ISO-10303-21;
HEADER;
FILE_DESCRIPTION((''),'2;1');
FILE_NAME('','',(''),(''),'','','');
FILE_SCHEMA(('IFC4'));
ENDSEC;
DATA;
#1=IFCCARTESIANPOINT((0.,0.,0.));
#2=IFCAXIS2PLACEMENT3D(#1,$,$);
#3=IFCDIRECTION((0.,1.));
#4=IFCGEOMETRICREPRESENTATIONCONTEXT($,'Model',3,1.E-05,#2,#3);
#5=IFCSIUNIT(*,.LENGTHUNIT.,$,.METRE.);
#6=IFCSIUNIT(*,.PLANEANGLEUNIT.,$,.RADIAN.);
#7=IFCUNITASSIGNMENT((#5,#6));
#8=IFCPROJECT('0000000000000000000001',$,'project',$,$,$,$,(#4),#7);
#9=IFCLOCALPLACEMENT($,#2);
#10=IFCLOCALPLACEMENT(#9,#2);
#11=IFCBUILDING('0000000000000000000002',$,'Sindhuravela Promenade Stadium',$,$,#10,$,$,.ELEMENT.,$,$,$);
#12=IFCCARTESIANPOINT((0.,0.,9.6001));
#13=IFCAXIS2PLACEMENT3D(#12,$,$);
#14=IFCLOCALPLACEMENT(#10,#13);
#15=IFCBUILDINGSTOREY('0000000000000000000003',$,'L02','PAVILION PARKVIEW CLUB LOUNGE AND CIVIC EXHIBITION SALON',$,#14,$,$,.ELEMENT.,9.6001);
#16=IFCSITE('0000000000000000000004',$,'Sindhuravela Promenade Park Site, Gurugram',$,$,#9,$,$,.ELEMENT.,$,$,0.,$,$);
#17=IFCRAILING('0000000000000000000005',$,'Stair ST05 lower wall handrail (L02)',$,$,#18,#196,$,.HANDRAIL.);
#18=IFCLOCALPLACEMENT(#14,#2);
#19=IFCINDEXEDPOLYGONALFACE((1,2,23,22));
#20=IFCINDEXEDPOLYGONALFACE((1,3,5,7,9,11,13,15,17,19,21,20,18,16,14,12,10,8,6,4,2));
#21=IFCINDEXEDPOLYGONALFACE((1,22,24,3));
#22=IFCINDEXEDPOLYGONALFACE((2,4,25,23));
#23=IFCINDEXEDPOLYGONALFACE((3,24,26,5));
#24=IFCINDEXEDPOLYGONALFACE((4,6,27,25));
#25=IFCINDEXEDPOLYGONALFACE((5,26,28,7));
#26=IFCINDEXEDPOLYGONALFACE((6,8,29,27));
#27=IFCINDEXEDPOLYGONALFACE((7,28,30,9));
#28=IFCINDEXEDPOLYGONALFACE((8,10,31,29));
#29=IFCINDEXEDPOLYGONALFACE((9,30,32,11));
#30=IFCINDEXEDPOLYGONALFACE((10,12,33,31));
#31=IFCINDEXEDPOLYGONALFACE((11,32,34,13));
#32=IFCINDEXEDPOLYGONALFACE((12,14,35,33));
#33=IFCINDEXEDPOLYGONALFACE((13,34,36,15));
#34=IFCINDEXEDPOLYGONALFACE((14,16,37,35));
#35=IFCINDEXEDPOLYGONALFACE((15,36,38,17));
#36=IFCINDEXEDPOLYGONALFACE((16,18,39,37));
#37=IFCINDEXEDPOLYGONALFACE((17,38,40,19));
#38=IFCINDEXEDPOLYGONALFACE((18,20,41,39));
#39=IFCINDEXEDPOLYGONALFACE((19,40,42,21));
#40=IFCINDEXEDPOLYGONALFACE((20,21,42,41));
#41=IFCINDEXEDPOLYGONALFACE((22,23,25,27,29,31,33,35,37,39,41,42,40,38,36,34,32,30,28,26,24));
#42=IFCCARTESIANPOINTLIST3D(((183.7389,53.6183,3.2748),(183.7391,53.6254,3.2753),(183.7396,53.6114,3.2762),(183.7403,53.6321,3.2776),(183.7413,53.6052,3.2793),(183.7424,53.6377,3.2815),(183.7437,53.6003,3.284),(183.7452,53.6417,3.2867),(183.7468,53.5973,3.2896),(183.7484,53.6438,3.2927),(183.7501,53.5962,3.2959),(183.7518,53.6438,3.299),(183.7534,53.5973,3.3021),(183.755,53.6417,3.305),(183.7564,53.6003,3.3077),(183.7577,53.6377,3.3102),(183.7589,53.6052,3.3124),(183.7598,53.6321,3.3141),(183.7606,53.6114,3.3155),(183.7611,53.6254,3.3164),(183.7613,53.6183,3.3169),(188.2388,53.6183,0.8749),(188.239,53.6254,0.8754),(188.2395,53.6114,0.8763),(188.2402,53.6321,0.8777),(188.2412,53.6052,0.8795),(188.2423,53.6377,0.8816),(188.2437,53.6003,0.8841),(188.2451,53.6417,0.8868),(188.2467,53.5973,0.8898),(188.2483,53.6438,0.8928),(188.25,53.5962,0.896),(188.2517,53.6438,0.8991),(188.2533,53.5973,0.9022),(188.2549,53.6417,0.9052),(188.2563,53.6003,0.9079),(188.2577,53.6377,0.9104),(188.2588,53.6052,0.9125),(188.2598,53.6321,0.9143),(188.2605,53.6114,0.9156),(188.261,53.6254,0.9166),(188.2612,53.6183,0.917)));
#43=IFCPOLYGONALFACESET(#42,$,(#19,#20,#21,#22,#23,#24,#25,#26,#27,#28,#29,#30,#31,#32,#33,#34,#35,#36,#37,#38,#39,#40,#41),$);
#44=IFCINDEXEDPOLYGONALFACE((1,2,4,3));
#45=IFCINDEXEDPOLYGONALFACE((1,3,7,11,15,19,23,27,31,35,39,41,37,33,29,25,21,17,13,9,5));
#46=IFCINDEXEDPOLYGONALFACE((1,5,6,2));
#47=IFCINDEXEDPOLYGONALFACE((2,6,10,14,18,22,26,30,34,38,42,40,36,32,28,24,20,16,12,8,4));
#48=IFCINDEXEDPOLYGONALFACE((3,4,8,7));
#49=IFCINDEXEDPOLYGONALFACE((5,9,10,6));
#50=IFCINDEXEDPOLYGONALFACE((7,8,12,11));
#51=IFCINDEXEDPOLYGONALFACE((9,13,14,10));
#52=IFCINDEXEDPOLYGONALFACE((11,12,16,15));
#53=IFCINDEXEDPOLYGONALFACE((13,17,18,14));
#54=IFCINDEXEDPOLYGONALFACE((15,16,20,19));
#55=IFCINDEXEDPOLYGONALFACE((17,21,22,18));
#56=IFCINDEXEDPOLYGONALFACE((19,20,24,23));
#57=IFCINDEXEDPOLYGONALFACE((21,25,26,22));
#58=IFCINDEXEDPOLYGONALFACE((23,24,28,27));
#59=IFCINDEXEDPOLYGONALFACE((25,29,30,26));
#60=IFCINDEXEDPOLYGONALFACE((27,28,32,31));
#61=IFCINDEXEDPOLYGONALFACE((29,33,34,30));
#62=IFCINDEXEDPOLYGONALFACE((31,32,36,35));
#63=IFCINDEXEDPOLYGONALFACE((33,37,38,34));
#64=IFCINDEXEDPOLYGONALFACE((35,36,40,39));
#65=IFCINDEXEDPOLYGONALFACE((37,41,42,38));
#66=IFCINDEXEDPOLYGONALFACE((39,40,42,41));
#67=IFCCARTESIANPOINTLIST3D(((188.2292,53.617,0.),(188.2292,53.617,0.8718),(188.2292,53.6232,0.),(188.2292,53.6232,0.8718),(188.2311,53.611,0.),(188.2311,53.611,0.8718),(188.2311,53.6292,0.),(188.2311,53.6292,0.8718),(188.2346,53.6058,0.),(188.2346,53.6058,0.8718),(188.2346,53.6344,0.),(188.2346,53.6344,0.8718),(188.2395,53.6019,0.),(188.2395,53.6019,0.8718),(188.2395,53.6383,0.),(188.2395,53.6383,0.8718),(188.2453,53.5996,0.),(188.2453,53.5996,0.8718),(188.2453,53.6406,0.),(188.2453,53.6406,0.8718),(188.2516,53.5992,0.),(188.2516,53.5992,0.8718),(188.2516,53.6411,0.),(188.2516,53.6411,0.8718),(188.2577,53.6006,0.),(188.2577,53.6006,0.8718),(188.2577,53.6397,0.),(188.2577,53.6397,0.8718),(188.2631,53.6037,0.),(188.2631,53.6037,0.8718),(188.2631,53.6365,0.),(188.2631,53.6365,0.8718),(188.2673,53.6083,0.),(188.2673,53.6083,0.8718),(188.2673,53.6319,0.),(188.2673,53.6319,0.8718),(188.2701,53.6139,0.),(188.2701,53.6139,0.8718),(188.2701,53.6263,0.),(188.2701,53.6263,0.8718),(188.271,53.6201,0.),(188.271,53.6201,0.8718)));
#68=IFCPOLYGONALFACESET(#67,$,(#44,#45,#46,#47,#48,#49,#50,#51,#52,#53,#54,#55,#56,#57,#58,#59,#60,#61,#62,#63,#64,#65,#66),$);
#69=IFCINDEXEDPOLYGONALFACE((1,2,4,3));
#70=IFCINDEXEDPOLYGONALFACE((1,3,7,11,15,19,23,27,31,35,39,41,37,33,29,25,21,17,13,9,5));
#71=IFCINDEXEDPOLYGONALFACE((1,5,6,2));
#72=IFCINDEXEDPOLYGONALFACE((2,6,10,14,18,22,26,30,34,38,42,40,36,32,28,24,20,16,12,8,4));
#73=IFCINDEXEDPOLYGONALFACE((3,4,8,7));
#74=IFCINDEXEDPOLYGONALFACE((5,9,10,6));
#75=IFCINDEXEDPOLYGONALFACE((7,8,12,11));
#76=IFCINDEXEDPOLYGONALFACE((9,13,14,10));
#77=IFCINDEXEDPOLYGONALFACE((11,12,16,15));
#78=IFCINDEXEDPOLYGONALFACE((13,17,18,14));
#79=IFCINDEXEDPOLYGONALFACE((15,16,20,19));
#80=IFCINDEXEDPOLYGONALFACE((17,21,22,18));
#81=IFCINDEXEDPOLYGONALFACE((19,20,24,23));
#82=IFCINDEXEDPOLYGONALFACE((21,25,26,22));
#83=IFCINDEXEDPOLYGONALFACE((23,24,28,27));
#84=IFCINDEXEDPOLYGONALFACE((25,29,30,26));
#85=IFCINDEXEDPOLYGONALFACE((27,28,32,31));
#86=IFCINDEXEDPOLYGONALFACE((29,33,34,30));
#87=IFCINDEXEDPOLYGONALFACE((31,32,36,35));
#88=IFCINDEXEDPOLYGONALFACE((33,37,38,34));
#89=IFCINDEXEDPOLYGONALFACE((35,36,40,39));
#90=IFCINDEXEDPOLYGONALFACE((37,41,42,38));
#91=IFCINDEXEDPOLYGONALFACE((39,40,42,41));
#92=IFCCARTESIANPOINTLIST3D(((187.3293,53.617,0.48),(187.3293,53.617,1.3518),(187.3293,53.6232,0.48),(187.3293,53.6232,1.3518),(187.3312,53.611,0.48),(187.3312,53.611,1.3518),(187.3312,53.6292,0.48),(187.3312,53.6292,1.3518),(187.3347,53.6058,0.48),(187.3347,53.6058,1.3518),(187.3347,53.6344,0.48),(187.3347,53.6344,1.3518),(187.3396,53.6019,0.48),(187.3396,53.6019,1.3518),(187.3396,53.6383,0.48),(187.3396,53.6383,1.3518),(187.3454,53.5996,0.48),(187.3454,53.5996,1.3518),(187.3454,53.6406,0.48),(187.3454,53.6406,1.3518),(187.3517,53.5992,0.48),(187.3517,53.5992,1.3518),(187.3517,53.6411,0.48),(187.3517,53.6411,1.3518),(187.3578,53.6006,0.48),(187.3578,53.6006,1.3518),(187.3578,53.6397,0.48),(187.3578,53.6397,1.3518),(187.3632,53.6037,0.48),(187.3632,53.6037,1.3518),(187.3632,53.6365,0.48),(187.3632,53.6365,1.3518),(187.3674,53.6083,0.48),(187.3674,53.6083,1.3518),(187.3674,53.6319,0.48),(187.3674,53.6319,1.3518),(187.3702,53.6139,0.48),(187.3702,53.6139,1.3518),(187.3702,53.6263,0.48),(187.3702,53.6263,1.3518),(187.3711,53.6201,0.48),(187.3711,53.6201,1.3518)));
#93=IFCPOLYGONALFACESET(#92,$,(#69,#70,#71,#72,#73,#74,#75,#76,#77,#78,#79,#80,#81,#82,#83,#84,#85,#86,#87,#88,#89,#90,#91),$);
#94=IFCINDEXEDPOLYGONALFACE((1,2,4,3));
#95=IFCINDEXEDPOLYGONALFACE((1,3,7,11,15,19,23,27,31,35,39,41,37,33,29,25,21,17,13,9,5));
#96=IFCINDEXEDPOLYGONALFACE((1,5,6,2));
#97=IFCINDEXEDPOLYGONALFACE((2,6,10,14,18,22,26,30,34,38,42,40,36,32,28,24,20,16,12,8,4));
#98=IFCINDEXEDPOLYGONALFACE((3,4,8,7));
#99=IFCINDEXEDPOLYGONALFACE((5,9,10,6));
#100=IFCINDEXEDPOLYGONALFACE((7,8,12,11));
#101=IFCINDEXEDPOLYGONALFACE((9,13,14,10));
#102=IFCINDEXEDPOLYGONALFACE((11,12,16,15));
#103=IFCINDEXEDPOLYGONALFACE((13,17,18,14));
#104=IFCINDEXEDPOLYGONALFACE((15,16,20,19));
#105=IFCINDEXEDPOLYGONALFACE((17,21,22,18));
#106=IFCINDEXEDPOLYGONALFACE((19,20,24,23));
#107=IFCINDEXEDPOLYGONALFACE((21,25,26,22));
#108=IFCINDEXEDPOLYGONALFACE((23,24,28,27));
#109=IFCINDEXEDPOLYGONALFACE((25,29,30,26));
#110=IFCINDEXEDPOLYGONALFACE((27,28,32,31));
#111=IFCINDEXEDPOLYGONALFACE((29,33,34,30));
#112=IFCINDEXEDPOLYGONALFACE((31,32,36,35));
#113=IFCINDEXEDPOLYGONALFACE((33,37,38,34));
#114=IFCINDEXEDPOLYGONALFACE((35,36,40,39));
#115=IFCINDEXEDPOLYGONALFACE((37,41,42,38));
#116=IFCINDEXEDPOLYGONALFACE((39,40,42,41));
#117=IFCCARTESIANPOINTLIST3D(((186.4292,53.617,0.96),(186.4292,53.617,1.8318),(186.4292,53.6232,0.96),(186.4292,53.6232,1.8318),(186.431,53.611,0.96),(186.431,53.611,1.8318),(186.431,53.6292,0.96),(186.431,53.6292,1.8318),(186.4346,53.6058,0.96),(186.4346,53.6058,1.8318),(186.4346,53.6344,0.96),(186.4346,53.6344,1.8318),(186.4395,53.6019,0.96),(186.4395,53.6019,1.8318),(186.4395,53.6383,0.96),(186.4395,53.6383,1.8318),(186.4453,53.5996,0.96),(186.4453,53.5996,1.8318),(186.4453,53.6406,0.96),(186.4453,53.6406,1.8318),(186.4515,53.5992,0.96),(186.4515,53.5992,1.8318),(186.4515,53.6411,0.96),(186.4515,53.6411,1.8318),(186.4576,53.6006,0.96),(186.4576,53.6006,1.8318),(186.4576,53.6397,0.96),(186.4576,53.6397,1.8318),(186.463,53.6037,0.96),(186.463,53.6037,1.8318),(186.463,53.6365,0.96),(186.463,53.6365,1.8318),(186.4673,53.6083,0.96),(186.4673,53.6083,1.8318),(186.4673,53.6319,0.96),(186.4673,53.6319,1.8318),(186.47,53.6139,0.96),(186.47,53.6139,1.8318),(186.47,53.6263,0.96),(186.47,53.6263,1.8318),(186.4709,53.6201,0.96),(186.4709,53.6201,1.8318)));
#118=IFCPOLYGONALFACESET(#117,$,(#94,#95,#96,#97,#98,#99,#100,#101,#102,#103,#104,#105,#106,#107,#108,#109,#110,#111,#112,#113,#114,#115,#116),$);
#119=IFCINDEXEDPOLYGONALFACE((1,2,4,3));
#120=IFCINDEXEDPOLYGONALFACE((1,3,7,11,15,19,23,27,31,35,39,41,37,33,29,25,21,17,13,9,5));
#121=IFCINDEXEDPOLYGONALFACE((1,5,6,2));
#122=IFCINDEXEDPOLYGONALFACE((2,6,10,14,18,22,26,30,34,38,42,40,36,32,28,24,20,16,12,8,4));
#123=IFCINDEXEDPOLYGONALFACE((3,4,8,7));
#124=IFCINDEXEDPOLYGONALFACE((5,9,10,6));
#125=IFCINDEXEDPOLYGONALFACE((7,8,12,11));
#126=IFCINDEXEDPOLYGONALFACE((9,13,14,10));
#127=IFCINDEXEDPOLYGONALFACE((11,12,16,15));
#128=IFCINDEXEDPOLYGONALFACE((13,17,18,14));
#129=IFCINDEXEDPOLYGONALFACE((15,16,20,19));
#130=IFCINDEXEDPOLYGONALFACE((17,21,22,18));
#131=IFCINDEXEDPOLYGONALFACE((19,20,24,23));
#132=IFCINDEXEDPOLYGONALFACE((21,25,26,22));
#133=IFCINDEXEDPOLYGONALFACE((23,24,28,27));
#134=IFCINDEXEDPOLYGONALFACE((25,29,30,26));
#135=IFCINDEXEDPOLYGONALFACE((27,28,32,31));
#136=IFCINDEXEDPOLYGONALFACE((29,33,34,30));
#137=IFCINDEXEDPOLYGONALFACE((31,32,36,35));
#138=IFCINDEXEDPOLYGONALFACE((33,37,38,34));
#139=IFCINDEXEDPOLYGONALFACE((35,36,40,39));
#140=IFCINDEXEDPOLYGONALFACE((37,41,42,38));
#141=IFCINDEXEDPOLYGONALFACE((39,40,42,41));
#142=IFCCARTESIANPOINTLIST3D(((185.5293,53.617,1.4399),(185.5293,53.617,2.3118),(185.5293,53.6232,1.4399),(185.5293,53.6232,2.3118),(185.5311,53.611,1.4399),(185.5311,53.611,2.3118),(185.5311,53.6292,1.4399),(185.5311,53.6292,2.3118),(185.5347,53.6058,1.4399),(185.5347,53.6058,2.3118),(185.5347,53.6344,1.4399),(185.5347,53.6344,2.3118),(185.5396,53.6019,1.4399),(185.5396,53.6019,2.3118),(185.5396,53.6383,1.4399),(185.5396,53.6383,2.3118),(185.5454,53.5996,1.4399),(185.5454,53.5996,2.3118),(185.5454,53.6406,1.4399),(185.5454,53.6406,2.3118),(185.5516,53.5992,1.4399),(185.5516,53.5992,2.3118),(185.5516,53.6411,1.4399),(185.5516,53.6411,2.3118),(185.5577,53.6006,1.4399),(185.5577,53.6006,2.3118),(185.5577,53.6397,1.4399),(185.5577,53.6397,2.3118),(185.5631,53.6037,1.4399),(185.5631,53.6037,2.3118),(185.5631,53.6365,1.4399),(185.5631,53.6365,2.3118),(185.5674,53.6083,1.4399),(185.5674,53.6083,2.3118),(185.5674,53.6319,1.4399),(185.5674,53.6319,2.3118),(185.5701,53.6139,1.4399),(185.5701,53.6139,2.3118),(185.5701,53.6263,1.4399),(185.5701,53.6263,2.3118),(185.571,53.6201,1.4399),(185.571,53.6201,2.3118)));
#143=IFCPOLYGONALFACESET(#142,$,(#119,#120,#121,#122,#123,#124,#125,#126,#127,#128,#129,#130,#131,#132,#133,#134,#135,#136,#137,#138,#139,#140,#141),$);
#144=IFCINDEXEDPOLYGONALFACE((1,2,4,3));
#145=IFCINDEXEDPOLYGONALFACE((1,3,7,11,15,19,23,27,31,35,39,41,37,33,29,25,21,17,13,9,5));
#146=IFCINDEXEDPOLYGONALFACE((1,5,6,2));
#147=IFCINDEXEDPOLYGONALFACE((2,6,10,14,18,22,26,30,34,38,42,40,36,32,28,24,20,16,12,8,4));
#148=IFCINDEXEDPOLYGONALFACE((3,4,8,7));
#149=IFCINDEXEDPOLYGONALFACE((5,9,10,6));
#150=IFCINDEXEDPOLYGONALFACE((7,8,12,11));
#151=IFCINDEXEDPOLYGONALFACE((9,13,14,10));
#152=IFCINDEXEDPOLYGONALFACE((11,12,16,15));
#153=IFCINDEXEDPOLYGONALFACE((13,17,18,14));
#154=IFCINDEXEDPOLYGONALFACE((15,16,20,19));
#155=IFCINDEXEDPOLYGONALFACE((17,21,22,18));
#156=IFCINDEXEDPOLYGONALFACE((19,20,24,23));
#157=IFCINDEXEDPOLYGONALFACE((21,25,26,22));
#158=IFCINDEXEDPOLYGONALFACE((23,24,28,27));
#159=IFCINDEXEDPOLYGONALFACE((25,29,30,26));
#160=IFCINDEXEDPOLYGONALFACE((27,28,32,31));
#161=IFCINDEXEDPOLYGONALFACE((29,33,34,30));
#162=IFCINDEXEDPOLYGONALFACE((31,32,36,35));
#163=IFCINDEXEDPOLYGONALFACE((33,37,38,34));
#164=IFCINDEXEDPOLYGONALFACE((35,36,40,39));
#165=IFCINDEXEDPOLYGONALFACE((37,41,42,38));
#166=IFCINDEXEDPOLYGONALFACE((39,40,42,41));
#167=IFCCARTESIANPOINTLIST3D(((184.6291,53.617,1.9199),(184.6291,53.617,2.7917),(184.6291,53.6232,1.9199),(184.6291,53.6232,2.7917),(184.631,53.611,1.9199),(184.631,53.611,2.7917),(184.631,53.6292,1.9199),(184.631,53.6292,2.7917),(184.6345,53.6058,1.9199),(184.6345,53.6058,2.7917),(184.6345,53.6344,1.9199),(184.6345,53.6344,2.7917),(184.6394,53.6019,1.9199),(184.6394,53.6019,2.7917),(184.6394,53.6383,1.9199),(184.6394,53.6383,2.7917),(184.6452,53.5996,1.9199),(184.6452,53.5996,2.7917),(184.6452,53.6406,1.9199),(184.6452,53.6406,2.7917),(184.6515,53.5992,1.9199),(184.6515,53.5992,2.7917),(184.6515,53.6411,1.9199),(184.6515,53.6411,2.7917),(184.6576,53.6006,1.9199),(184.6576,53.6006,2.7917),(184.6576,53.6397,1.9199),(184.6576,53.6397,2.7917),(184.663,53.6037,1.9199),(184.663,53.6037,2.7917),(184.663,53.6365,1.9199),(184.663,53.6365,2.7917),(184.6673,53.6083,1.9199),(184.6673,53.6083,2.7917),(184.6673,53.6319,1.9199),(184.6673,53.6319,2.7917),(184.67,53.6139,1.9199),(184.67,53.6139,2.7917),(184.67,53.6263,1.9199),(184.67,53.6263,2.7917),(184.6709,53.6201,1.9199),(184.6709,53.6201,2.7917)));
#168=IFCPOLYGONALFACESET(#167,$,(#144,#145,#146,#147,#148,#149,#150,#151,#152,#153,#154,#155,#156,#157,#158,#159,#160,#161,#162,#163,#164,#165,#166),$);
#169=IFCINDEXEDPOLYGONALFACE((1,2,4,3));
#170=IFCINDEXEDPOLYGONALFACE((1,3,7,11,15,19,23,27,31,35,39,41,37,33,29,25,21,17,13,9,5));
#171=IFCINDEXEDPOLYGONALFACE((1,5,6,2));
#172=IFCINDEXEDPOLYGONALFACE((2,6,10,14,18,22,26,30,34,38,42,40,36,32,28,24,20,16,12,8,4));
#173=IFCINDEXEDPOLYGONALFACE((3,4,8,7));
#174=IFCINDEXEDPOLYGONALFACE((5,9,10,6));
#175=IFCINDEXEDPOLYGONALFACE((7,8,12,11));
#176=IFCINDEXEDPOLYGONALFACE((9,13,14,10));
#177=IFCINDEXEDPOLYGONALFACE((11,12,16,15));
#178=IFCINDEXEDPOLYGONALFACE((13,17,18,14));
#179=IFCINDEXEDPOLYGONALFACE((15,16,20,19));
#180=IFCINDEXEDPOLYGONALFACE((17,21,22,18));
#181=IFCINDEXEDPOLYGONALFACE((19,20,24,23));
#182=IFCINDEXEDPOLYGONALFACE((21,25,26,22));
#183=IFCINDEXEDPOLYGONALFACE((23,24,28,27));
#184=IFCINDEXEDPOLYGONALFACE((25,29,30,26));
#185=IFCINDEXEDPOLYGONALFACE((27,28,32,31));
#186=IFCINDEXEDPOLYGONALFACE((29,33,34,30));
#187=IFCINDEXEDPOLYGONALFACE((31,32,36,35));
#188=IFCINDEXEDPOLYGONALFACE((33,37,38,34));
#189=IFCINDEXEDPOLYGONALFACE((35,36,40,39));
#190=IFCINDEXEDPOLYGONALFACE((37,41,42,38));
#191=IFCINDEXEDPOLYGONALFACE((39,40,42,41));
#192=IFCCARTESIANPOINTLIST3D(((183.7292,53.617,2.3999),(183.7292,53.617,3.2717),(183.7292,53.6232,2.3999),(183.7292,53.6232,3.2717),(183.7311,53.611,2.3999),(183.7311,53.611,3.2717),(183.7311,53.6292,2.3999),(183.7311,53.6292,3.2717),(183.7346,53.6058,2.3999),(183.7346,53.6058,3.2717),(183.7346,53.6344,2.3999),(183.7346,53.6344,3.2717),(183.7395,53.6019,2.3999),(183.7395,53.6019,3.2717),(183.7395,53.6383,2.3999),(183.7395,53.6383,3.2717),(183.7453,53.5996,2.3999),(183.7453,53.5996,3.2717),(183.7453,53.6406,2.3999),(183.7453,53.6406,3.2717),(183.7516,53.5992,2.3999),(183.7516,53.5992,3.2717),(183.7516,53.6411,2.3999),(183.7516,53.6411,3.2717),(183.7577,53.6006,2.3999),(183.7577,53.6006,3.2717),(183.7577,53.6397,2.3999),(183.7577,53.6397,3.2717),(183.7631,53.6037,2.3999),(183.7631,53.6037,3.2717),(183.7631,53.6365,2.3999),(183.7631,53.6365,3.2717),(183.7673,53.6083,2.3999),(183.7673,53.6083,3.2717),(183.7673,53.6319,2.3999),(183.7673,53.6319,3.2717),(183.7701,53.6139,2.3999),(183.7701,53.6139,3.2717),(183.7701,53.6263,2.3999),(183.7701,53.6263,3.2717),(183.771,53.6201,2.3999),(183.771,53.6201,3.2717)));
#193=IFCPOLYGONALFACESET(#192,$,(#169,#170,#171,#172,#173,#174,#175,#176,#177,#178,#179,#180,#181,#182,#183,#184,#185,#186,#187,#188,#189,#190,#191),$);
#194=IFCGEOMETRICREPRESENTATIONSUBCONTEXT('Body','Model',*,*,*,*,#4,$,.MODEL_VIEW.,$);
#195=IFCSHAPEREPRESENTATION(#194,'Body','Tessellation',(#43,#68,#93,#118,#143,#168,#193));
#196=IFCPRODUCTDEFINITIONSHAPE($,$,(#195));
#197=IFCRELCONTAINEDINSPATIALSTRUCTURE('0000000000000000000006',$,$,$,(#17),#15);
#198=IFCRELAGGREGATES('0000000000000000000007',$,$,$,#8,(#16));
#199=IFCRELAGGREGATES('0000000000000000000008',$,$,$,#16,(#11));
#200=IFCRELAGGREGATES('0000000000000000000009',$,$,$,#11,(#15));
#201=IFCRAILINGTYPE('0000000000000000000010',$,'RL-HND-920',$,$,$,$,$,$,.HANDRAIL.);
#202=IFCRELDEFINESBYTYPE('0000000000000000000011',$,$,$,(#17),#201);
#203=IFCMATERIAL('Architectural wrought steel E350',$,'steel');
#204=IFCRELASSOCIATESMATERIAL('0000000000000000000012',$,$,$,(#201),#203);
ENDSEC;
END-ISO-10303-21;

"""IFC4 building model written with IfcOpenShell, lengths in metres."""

from ifc_helpers import new_model, si_unit, direction, frame, origin, origin_2d, place, context, subcontext, project, spatial, circle, extrude, material, type_object, element, save


model = new_model("IFC4")

# Units and contexts
model_context = context("Model", 3, precision=1e-05, world=origin(), true_north=direction((0.0, 1.0)))
body_context = subcontext(model_context, "Body", "Model", "MODEL_VIEW")
ifc_project = project(units=[si_unit("LENGTHUNIT", "METRE"), si_unit("PLANEANGLEUNIT", "RADIAN")], contexts=[model_context])

# Site, building, storey
site_placement = place(None, origin())
site = spatial("IfcSite", under=ifc_project, at=site_placement, Name="Sindhuravela Promenade Park Site, Gurugram", CompositionType="ELEMENT", RefElevation=0.0)
building_placement = place(site_placement, origin())
building = spatial("IfcBuilding", under=site, at=building_placement, Name="Sindhuravela Promenade Stadium", CompositionType="ELEMENT")
storey_placement = place(building_placement, frame((0.0, 0.0, 9.6001)))
storey = spatial("IfcBuildingStorey", under=building, at=storey_placement, Name="L02", Description="PAVILION PARKVIEW CLUB LOUNGE AND CIVIC EXHIBITION SALON", CompositionType="ELEMENT", Elevation=9.6001)

# Shared definitions
ifc_material_1 = material(Name="Architectural wrought steel E350", Category="steel")

# Railing
railing_type_1 = type_object("IfcRailingType", Name="RL-HND-920", PredefinedType="HANDRAIL", material=ifc_material_1)
railing_1_placement = place(storey_placement, frame((188.25, 53.6201, 0.0)))
element("IfcRailing", 1, at=railing_1_placement, inside=storey, type_object=railing_type_1, Name="Stair ST05 lower wall handrail (L02)", PredefinedType="HANDRAIL", context=body_context, shape_type="SweptSolid", body=[
    extrude(circle(Radius=0.0239, at=origin_2d()), frame((0.0, 0.0, 0.896), z_axis=(-0.882361, 0.0, 0.470573), x_axis=(0.0, -1.0, 0.0)), (0.0, 0.0, 1.0), 5.0999),
    extrude(circle(Radius=0.021, at=origin_2d()), origin(), (0.0, 0.0, 1.0), 0.8718),
    extrude(circle(Radius=0.021, at=origin_2d()), frame((-0.8999, 0.0, 0.48)), (0.0, 0.0, 1.0), 0.8718),
    extrude(circle(Radius=0.021, at=origin_2d()), frame((-1.8, 0.0, 0.96)), (0.0, 0.0, 1.0), 0.8718),
    extrude(circle(Radius=0.021, at=origin_2d()), frame((-2.7, 0.0, 1.4399)), (0.0, 0.0, 1.0), 0.8718),
    extrude(circle(Radius=0.021, at=origin_2d()), frame((-3.6001, 0.0, 1.9199)), (0.0, 0.0, 1.0), 0.8718),
    extrude(circle(Radius=0.021, at=origin_2d()), frame((-4.5, 0.0, 2.3999)), (0.0, 0.0, 1.0), 0.8718),
])

save(model, "model.ifc")
